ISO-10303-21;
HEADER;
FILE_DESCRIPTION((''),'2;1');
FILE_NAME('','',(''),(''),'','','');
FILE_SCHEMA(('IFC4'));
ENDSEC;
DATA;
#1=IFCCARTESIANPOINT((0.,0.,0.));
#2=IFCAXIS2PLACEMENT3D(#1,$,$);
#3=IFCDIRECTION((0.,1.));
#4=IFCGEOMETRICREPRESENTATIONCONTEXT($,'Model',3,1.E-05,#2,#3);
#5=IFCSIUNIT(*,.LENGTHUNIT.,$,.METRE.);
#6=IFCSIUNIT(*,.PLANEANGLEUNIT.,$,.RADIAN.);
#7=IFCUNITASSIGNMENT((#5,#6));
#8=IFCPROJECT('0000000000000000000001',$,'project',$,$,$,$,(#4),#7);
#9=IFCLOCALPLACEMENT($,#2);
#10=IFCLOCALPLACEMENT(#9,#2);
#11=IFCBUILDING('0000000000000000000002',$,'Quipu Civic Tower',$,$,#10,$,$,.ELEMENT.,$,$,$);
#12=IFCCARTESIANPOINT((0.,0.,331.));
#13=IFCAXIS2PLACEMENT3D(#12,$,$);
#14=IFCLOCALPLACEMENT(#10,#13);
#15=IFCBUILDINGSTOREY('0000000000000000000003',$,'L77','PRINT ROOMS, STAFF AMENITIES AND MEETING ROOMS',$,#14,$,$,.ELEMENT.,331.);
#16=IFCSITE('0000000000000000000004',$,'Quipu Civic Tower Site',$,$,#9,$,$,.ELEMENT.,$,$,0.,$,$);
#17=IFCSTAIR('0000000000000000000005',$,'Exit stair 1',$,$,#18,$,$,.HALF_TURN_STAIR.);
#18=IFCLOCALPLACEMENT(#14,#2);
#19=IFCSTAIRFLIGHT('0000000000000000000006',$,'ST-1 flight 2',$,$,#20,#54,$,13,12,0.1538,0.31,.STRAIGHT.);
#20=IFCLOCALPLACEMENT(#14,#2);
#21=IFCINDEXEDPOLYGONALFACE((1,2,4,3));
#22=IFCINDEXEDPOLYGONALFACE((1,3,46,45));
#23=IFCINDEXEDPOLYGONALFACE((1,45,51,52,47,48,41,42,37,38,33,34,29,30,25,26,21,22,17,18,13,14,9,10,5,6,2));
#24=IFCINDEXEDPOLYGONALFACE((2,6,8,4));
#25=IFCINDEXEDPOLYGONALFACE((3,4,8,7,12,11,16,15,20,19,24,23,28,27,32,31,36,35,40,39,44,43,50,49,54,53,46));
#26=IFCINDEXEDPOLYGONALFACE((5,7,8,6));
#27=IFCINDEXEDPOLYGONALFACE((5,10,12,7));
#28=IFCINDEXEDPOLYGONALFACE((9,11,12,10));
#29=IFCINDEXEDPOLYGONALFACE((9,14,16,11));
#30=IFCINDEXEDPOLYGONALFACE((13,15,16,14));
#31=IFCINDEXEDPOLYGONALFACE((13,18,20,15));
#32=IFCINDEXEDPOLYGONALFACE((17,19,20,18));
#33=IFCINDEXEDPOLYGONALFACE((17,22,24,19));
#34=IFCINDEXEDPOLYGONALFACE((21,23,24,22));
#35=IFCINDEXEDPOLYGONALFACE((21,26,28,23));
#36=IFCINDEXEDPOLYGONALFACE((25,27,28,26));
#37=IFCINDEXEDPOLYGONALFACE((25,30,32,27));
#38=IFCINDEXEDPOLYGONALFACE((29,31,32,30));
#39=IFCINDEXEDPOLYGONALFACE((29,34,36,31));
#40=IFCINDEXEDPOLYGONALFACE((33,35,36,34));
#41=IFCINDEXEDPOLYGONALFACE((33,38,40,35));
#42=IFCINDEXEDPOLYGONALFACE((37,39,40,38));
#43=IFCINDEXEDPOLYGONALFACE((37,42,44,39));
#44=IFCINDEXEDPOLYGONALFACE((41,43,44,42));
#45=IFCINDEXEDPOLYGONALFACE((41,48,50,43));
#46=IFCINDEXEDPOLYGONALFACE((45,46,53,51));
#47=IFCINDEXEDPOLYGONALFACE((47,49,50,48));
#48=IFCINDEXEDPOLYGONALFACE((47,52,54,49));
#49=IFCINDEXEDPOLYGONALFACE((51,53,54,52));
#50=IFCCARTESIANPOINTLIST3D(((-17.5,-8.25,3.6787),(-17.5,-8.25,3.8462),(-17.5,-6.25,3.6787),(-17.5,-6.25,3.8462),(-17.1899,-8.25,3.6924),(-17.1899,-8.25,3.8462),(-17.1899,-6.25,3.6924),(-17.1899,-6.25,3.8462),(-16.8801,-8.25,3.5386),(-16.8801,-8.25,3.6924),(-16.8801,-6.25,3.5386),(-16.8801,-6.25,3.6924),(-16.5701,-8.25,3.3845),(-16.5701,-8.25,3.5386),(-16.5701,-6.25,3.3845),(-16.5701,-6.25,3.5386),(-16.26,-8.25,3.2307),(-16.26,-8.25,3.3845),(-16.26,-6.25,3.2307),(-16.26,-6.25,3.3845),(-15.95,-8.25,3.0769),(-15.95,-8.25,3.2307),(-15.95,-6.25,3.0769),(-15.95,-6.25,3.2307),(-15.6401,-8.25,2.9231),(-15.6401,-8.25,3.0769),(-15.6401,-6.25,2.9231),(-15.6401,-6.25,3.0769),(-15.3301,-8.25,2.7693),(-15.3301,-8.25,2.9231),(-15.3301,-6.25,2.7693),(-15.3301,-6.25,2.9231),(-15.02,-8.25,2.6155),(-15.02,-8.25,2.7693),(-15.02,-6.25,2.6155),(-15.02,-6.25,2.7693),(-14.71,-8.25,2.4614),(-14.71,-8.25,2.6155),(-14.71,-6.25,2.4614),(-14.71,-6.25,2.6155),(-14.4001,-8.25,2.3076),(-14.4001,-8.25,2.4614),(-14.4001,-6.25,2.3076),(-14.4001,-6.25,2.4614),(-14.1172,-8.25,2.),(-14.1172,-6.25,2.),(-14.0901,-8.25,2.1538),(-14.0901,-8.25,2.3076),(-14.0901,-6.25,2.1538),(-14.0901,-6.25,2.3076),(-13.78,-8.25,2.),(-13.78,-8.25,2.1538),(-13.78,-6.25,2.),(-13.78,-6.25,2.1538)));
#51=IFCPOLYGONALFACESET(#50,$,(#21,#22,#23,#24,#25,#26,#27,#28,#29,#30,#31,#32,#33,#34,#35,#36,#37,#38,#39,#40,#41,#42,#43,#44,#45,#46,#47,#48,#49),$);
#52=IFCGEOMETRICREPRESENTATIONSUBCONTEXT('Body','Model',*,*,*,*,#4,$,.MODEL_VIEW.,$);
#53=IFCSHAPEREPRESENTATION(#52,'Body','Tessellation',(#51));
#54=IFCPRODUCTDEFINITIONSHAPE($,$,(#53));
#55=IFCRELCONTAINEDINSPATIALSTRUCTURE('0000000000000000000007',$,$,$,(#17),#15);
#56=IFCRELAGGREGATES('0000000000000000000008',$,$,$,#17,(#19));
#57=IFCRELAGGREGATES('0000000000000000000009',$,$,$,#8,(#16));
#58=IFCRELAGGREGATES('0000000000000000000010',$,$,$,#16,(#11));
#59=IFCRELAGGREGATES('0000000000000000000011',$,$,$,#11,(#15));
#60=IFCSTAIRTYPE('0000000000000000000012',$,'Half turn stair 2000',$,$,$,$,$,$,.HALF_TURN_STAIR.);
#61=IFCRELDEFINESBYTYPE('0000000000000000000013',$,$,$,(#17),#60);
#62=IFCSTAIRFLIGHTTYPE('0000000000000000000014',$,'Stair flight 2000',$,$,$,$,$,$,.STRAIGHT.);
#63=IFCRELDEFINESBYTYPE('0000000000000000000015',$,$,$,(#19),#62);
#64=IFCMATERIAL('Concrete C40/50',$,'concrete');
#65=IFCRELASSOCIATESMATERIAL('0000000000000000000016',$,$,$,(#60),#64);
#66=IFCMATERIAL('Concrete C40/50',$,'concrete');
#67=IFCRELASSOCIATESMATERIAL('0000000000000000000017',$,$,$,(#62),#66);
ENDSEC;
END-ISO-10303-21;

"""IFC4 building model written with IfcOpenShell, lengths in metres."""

from ifc_helpers import new_model, si_unit, direction, frame, origin, place, context, subcontext, project, spatial, polyline, outline, extrude, material, type_object, element, aggregate, save


model = new_model("IFC4")

# Units and contexts
model_context = context("Model", 3, precision=1e-05, world=origin(), true_north=direction((0.0, 1.0)))
body_context = subcontext(model_context, "Body", "Model", "MODEL_VIEW")
ifc_project = project(units=[si_unit("LENGTHUNIT", "METRE"), si_unit("PLANEANGLEUNIT", "RADIAN")], contexts=[model_context])

# Site, building, storey
site_placement = place(None, origin())
site = spatial("IfcSite", under=ifc_project, at=site_placement, Name="Quipu Civic Tower Site", CompositionType="ELEMENT", RefElevation=0.0)
building_placement = place(site_placement, origin())
building = spatial("IfcBuilding", under=site, at=building_placement, Name="Quipu Civic Tower", CompositionType="ELEMENT")
storey_placement = place(building_placement, frame((0.0, 0.0, 331.0)))
storey = spatial("IfcBuildingStorey", under=building, at=storey_placement, Name="L77", Description="PRINT ROOMS, STAFF AMENITIES AND MEETING ROOMS", CompositionType="ELEMENT", Elevation=331.0)

# Stair, stair flight
ifc_material_1 = material(Name="Concrete C40/50", Category="concrete")
stair_type = type_object("IfcStairType", Name="Half turn stair 2000", PredefinedType="HALF_TURN_STAIR", material=ifc_material_1)
stair_placement = place(storey_placement, origin())
stair = element("IfcStair", 1, at=stair_placement, inside=storey, type_object=stair_type, Name="Exit stair 1", PredefinedType="HALF_TURN_STAIR")
ifc_material_2 = material(Name="Concrete C40/50", Category="concrete")
stair_flight_type = type_object("IfcStairFlightType", Name="Stair flight 2000", PredefinedType="STRAIGHT", material=ifc_material_2)
stair_flight_1_placement = place(storey_placement, frame((-13.78, -7.25, 2.0), z_axis=(0.0, 0.0, 1.0), x_axis=(-1.0, 0.0, 0.0)))
stair_flight_1 = element("IfcStairFlight", 2, at=stair_flight_1_placement, type_object=stair_flight_type, Name="ST-1 flight 2", NumberOfRisers=13, NumberOfTreads=12, PredefinedType="STRAIGHT", RiserHeight=0.1538, TreadLength=0.31, context=body_context, shape_type="SweptSolid", body=[
    extrude(outline(polyline([(0.0, 0.0), (0.0, 0.1538), (0.3101, 0.1538), (0.3101, 0.3076), (0.6201, 0.3076), (0.6201, 0.4614), (0.9299, 0.4614), (0.9299, 0.6155), (1.24, 0.6155), (1.24, 0.7693), (1.55, 0.7693), (1.55, 0.9231), (1.8601, 0.9231), (1.8601, 1.0769), (2.1699, 1.0769), (2.1699, 1.2307), (2.48, 1.2307), (2.48, 1.3845), (2.79, 1.3845), (2.79, 1.5386), (3.1001, 1.5386), (3.1001, 1.6924), (3.4099, 1.6924), (3.4099, 1.8462), (3.72, 1.8462), (3.72, 2.0), (3.72, 1.6787), (0.3372, 0.0), (0.0, 0.0)])), frame((0.0, 1.0, 0.0), z_axis=(0.0, -1.0, 0.0), x_axis=(1.0, 0.0, 0.0)), (0.0, 0.0, 1.0), 2.0),
])
aggregate(stair, [stair_flight_1])

save(model, "model.ifc")
